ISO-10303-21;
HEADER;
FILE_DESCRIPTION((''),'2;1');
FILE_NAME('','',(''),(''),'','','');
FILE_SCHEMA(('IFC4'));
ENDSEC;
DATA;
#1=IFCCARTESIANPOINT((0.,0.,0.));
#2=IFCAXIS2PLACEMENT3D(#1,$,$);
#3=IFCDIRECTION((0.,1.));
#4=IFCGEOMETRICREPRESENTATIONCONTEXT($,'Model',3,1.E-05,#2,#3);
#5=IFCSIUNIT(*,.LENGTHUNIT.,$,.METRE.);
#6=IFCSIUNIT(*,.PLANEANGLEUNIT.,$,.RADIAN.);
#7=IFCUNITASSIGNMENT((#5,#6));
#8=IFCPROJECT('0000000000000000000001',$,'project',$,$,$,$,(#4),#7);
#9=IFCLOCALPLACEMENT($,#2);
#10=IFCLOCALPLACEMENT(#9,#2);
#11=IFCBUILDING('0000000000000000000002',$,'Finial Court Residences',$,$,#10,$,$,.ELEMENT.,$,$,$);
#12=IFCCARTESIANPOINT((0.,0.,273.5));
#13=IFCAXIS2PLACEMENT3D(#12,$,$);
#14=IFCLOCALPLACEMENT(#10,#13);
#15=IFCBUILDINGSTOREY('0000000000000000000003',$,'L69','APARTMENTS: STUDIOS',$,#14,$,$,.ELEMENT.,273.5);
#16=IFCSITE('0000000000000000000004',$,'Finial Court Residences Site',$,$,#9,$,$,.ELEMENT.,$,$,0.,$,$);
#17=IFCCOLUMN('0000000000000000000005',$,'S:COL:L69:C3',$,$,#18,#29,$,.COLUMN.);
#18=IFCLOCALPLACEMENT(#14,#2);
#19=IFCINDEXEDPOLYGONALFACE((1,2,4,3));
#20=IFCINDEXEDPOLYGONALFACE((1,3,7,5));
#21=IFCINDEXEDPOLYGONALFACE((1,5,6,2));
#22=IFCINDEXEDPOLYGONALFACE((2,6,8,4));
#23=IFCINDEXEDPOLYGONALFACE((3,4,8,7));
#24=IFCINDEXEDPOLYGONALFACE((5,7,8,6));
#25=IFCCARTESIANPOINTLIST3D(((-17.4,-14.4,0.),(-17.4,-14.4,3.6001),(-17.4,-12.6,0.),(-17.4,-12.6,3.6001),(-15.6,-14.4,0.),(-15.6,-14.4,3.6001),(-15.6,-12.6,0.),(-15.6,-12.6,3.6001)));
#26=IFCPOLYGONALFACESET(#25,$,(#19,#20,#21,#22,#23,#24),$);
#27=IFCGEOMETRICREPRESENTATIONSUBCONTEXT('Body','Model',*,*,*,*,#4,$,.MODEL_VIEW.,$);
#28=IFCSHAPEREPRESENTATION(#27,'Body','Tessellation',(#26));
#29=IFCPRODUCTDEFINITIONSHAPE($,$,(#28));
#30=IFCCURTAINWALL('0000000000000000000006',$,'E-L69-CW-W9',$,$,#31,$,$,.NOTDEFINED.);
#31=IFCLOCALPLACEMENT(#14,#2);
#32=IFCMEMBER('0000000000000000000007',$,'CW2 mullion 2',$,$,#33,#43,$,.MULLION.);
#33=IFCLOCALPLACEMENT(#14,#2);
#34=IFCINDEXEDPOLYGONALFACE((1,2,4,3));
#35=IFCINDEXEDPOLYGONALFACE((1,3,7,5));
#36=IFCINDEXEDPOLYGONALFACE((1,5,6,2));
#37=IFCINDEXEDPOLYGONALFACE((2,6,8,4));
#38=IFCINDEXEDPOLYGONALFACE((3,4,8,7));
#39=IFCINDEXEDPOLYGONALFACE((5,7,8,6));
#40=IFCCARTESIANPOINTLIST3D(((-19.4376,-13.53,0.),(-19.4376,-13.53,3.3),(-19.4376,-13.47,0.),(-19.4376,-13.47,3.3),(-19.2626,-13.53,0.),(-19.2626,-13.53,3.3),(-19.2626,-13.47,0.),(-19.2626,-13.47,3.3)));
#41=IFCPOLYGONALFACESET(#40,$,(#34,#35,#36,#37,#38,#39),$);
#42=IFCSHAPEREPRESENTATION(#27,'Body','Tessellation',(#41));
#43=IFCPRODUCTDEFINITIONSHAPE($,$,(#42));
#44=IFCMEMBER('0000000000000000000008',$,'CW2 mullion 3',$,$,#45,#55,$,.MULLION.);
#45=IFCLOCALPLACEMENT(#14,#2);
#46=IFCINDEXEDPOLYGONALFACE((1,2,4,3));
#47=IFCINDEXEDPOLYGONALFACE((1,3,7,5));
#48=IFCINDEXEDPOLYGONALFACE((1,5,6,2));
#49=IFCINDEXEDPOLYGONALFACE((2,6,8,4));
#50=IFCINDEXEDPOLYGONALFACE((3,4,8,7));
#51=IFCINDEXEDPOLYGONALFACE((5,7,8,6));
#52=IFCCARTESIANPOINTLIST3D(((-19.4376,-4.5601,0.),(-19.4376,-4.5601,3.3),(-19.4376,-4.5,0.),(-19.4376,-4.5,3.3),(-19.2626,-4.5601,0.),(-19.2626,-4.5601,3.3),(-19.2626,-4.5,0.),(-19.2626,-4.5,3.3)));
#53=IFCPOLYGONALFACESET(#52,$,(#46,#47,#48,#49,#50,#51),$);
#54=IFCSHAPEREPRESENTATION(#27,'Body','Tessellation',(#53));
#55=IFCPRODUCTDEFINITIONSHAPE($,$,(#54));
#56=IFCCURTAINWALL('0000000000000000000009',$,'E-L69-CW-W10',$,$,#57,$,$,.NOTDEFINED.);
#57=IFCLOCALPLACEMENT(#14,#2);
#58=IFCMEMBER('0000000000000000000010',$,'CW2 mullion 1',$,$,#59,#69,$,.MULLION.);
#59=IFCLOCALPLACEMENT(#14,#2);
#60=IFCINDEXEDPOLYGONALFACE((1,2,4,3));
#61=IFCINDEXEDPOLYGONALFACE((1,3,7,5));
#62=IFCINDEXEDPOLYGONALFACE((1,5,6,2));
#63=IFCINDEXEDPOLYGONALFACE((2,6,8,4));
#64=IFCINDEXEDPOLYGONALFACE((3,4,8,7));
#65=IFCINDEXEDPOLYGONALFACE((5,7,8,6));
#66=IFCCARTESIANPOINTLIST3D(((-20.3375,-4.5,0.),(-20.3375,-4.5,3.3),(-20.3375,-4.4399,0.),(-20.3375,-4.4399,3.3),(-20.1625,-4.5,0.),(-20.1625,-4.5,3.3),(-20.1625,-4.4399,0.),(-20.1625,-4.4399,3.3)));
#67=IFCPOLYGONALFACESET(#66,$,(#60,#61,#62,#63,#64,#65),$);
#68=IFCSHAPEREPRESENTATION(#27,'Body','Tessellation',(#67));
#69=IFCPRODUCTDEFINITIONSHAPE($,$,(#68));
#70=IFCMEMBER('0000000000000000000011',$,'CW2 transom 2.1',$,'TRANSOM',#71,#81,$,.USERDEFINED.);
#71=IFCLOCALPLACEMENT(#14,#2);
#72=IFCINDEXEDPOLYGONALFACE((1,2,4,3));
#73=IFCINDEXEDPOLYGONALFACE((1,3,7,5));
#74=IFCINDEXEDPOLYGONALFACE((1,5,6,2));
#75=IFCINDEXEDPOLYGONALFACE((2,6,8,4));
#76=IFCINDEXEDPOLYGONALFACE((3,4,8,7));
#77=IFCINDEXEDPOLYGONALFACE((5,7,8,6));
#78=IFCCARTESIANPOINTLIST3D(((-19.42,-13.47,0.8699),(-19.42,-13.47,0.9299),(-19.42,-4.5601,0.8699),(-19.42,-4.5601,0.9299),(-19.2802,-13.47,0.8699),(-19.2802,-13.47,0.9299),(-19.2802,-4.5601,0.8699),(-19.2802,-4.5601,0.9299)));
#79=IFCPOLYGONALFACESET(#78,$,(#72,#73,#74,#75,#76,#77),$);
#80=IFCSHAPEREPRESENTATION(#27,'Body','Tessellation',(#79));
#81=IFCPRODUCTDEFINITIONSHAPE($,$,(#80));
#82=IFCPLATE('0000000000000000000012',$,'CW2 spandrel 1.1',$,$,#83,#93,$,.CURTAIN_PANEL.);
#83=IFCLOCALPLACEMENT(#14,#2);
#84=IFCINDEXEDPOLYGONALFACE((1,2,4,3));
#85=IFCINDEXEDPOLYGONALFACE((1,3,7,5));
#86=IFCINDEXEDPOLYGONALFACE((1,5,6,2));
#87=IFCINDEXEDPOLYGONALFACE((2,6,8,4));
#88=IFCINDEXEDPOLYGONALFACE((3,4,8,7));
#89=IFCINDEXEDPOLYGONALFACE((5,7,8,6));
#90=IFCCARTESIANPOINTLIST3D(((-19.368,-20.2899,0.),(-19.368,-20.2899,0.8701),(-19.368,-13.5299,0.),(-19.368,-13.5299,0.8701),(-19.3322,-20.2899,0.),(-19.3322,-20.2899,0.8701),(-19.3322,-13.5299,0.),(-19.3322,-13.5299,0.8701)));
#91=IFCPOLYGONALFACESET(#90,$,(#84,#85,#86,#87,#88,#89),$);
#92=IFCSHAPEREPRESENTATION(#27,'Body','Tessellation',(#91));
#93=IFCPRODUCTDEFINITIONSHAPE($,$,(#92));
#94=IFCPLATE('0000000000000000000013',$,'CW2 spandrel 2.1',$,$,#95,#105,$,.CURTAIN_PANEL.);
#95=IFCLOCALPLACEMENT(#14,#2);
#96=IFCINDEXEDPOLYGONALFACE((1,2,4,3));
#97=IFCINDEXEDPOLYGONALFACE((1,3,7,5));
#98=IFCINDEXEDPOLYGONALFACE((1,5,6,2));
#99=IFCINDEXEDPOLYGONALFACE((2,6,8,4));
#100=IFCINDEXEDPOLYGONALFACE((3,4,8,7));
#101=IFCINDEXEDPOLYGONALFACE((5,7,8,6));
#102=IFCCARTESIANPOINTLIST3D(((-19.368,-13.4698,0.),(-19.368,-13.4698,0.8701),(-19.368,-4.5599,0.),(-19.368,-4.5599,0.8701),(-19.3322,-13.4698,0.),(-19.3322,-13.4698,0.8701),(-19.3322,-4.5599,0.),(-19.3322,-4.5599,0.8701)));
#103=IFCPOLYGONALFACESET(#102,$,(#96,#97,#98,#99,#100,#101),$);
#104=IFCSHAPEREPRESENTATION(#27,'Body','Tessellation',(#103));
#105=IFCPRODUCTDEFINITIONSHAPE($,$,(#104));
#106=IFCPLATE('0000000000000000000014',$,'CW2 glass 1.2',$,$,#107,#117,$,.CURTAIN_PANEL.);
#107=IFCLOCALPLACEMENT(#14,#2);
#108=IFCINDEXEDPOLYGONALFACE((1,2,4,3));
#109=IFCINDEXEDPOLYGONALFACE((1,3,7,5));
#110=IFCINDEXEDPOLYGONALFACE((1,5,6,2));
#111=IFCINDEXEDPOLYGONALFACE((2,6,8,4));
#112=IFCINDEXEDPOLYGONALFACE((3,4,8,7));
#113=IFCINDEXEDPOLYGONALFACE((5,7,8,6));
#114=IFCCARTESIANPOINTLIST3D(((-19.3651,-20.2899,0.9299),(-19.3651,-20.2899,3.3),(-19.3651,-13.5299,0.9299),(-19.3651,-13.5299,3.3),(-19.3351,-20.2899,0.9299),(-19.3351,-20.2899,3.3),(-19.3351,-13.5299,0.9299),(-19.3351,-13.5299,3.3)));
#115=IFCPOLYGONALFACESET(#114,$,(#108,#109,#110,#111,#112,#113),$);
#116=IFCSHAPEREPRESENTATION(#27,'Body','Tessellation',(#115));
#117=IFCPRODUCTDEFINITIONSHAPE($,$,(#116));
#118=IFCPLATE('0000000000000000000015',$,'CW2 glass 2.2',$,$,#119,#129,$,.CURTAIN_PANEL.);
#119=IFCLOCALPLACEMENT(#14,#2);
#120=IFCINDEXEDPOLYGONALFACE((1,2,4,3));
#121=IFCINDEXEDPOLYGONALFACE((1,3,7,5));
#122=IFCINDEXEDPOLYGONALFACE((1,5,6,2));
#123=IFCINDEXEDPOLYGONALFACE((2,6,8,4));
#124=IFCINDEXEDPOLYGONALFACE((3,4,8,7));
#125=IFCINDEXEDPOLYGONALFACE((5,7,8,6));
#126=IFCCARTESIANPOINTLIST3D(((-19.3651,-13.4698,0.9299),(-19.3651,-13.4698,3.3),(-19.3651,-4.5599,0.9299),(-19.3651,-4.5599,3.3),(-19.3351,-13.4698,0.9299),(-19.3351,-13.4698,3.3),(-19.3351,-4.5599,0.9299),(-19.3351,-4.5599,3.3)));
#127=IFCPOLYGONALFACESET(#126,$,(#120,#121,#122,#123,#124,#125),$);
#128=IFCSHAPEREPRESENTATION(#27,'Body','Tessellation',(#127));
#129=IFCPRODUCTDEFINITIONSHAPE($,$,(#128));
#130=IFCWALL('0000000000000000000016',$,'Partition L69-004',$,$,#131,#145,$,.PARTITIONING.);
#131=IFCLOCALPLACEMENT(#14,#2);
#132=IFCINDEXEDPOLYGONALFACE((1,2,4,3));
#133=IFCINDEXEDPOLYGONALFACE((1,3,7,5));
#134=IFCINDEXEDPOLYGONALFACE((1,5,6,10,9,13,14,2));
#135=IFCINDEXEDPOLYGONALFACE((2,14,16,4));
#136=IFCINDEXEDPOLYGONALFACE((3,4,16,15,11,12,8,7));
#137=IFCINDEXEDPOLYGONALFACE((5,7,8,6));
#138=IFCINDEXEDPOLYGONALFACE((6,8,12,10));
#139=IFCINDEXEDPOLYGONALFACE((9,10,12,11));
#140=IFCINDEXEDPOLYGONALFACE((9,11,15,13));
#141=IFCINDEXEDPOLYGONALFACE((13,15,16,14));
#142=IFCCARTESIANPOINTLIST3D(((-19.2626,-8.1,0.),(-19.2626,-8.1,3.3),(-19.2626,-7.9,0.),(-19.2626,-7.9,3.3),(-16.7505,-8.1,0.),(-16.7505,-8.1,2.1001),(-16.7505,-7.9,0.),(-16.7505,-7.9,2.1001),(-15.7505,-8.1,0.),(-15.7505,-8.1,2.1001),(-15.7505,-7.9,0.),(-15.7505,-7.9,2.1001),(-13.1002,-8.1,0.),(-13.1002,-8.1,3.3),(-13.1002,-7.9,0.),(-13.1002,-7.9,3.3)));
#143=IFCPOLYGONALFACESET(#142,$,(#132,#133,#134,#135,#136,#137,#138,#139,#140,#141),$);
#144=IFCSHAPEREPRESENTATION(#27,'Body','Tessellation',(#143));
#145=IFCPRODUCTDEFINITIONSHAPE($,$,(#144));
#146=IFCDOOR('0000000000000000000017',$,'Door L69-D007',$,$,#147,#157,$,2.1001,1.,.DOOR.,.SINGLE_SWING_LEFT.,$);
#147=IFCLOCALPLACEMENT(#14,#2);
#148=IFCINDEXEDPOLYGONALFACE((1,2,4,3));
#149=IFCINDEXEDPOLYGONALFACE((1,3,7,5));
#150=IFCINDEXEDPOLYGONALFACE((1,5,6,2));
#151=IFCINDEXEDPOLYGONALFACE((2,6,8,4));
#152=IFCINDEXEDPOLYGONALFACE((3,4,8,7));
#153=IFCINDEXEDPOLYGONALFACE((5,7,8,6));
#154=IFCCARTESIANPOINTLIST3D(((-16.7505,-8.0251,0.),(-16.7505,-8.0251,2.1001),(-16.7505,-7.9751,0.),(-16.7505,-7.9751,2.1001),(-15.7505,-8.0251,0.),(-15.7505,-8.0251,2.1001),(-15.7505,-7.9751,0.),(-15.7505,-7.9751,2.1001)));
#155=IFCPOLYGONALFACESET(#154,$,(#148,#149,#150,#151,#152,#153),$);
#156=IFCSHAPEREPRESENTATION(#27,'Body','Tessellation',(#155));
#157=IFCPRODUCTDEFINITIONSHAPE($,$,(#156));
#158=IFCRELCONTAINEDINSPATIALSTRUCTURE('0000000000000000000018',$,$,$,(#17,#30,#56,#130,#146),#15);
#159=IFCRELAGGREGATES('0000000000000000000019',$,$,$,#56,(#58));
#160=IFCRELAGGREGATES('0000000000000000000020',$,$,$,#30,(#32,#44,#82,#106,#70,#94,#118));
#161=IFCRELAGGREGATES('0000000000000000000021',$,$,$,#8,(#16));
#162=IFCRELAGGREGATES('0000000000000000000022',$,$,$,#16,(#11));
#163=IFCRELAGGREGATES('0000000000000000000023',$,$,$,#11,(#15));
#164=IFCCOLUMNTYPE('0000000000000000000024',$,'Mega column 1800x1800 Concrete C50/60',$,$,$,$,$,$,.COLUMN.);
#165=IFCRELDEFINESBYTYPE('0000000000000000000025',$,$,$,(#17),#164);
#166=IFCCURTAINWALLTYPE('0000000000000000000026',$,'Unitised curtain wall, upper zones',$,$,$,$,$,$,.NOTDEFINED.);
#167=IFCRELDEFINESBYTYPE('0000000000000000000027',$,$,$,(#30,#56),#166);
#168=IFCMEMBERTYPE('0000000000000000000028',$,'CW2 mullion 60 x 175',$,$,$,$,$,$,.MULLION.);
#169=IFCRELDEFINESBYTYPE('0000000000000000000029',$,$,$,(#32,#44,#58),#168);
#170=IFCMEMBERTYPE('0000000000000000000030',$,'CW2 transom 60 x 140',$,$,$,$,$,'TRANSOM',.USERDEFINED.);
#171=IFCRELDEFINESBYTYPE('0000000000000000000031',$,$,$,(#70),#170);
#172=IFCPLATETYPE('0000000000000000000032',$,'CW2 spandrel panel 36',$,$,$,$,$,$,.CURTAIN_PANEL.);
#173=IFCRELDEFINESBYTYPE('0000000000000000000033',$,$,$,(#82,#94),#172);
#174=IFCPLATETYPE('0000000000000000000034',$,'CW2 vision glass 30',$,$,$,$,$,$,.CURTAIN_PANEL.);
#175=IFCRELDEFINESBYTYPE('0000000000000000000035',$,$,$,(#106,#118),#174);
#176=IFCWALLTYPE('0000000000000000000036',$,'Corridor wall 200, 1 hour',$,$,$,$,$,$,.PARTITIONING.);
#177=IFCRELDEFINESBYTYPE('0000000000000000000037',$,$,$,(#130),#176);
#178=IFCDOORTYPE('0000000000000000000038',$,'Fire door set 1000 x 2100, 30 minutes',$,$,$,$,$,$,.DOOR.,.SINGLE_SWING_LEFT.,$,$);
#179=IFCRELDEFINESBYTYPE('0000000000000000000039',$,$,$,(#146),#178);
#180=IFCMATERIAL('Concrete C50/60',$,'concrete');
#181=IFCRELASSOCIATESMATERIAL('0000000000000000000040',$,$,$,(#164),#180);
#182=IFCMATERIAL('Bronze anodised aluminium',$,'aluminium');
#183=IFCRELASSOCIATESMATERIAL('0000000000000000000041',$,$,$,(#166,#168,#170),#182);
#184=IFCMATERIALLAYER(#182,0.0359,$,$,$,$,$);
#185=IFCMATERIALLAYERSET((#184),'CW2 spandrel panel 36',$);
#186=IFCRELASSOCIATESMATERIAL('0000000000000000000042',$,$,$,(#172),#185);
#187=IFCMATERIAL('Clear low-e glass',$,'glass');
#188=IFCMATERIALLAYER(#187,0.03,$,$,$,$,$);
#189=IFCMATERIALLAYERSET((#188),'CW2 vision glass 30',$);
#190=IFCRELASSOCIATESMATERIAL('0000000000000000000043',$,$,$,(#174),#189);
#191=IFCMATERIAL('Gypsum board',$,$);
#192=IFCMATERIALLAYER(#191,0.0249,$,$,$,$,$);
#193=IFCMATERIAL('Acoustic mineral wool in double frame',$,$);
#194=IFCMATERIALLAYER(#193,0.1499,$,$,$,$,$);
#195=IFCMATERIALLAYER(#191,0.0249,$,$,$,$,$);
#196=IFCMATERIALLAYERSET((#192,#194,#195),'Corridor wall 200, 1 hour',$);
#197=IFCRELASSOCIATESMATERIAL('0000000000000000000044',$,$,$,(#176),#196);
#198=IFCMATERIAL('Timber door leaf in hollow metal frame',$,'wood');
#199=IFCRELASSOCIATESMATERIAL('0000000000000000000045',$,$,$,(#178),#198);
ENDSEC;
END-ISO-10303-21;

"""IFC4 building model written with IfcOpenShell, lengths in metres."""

from ifc_helpers import new_model, si_unit, direction, frame, frame_2d, origin, origin_2d, place, context, subcontext, project, spatial, rectangle, extrude, material, layer, layer_set, material_profile, profile_set, type_object, element, fill, aggregate, save


model = new_model("IFC4")

# Units and contexts
model_context = context("Model", 3, precision=1e-05, world=origin(), true_north=direction((0.0, 1.0)))
body_context = subcontext(model_context, "Body", "Model", "MODEL_VIEW")
ifc_project = project(units=[si_unit("LENGTHUNIT", "METRE"), si_unit("PLANEANGLEUNIT", "RADIAN")], contexts=[model_context])

# Site, building, storey
site_placement = place(None, origin())
site = spatial("IfcSite", under=ifc_project, at=site_placement, Name="Finial Court Residences Site", CompositionType="ELEMENT", RefElevation=0.0)
building_placement = place(site_placement, origin())
building = spatial("IfcBuilding", under=site, at=building_placement, Name="Finial Court Residences", CompositionType="ELEMENT")
storey_placement = place(building_placement, frame((0.0, 0.0, 273.5)))
storey = spatial("IfcBuildingStorey", under=building, at=storey_placement, Name="L69", Description="APARTMENTS: STUDIOS", CompositionType="ELEMENT", Elevation=273.5)

# Column
ifc_material_1 = material(Name="Concrete C50/60", Category="concrete")
ifc_material_profile_1 = material_profile(ifc_material_1, rectangle(XDim=1.8, YDim=1.8, at=origin_2d()), Name="1800x1800")
ifc_profile_set_1 = profile_set([ifc_material_profile_1], Name="Concrete C50/60")
column_type = type_object("IfcColumnType", Name="Mega column 1800x1800 Concrete C50/60", PredefinedType="COLUMN", material=ifc_profile_set_1)
column_placement = place(storey_placement, frame((-16.5, -13.5, 0.0), z_axis=(0.0, 0.0, 1.0), x_axis=(1.0, 0.0, 0.0)))
element("IfcColumn", 1, at=column_placement, inside=storey, type_object=column_type, Name="S:COL:L69:C3", PredefinedType="COLUMN", context=body_context, shape_type="SweptSolid", body=[
    extrude(rectangle(XDim=1.8, YDim=1.8, at=origin_2d()), origin(), (0.0, 0.0, 1.0), 3.6001),
])

# Curtain wall, members
ifc_material_2 = material(Name="Bronze anodised aluminium", Category="aluminium")
curtain_wall_type = type_object("IfcCurtainWallType", Name="Unitised curtain wall, upper zones", PredefinedType="NOTDEFINED", material=ifc_material_2)
curtain_wall_1_placement = place(storey_placement, origin())
curtain_wall_1 = element("IfcCurtainWall", 2, at=curtain_wall_1_placement, inside=storey, type_object=curtain_wall_type, Name="E-L69-CW-W9", PredefinedType="NOTDEFINED")
ifc_material_profile_2 = material_profile(ifc_material_2, rectangle(XDim=0.175, YDim=0.0601, at=origin_2d()), Name="CW2 mullion 60 x 175")
ifc_profile_set_2 = profile_set([ifc_material_profile_2], Name="Bronze anodised aluminium")
member_type_1 = type_object("IfcMemberType", Name="CW2 mullion 60 x 175", PredefinedType="MULLION", material=ifc_profile_set_2)
member_1_placement = place(storey_placement, frame((-19.3501, -13.5, 0.0), z_axis=(0.0, 0.0, 1.0), x_axis=(-1.0, 0.0, 0.0)))
member_1 = element("IfcMember", 3, at=member_1_placement, type_object=member_type_1, Name="CW2 mullion 2", PredefinedType="MULLION", context=body_context, shape_type="SweptSolid", body=[
    extrude(rectangle(XDim=0.175, YDim=0.0601, at=origin_2d()), origin(), (0.0, 0.0, 1.0), 3.3),
])
member_2_placement = place(storey_placement, frame((-19.3501, -4.53, 0.0), z_axis=(0.0, 0.0, 1.0), x_axis=(-1.0, 0.0, 0.0)))
member_2 = element("IfcMember", 4, at=member_2_placement, type_object=member_type_1, Name="CW2 mullion 3", PredefinedType="MULLION", context=body_context, shape_type="SweptSolid", body=[
    extrude(rectangle(XDim=0.175, YDim=0.0601, at=origin_2d()), origin(), (0.0, 0.0, 1.0), 3.3),
])

# Curtain wall, member
curtain_wall_2_placement = place(storey_placement, origin())
curtain_wall_2 = element("IfcCurtainWall", 5, at=curtain_wall_2_placement, inside=storey, type_object=curtain_wall_type, Name="E-L69-CW-W10", PredefinedType="NOTDEFINED")
member_3_placement = place(storey_placement, frame((-20.25, -4.47, 0.0), z_axis=(0.0, 0.0, 1.0), x_axis=(-1.0, 0.0, 0.0)))
member_3 = element("IfcMember", 6, at=member_3_placement, type_object=member_type_1, Name="CW2 mullion 1", PredefinedType="MULLION", context=body_context, shape_type="SweptSolid", body=[
    extrude(rectangle(XDim=0.175, YDim=0.0601, at=origin_2d()), origin(), (0.0, 0.0, 1.0), 3.3),
])
aggregate(curtain_wall_2, [member_3])

# Member
ifc_material_profile_3 = material_profile(ifc_material_2, rectangle(XDim=0.1399, YDim=0.0601, at=origin_2d()), Name="CW2 transom 60 x 140")
ifc_profile_set_3 = profile_set([ifc_material_profile_3], Name="Bronze anodised aluminium")
member_type_2 = type_object("IfcMemberType", Name="CW2 transom 60 x 140", ElementType="TRANSOM", PredefinedType="USERDEFINED", material=ifc_profile_set_3)
member_4_placement = place(storey_placement, frame((-19.3501, -13.47, 0.8999), z_axis=(0.0, 1.0, 0.0), x_axis=(-1.0, 0.0, 0.0)))
member_4 = element("IfcMember", 7, at=member_4_placement, type_object=member_type_2, Name="CW2 transom 2.1", ObjectType="TRANSOM", PredefinedType="USERDEFINED", context=body_context, shape_type="SweptSolid", body=[
    extrude(rectangle(XDim=0.1399, YDim=0.0601, at=origin_2d()), origin(), (0.0, 0.0, 1.0), 8.9099),
])

# Plates
ifc_layer_1 = layer(ifc_material_2, 0.0359)
ifc_layer_set_1 = layer_set([ifc_layer_1], Name="CW2 spandrel panel 36")
plate_type_1 = type_object("IfcPlateType", Name="CW2 spandrel panel 36", PredefinedType="CURTAIN_PANEL", material=ifc_layer_set_1)
plate_1_placement = place(storey_placement, frame((-19.3501, -16.9099, 0.0), z_axis=(0.0, 0.0, 1.0), x_axis=(0.0, 1.0, 0.0)))
plate_1 = element("IfcPlate", 8, at=plate_1_placement, type_object=plate_type_1, Name="CW2 spandrel 1.1", PredefinedType="CURTAIN_PANEL", context=body_context, shape_type="SweptSolid", body=[
    extrude(rectangle(XDim=6.76, YDim=0.0359, at=origin_2d()), origin(), (0.0, 0.0, 1.0), 0.8701),
])
plate_2_placement = place(storey_placement, frame((-19.3501, -9.0149, 0.0), z_axis=(0.0, 0.0, 1.0), x_axis=(0.0, 1.0, 0.0)))
plate_2 = element("IfcPlate", 9, at=plate_2_placement, type_object=plate_type_1, Name="CW2 spandrel 2.1", PredefinedType="CURTAIN_PANEL", context=body_context, shape_type="SweptSolid", body=[
    extrude(rectangle(XDim=8.9099, YDim=0.0359, at=origin_2d()), origin(), (0.0, 0.0, 1.0), 0.8701),
])
ifc_material_3 = material(Name="Clear low-e glass", Category="glass")
ifc_layer_2 = layer(ifc_material_3, 0.03)
ifc_layer_set_2 = layer_set([ifc_layer_2], Name="CW2 vision glass 30")
plate_type_2 = type_object("IfcPlateType", Name="CW2 vision glass 30", PredefinedType="CURTAIN_PANEL", material=ifc_layer_set_2)
plate_3_placement = place(storey_placement, frame((-19.3501, -16.9099, 0.9299), z_axis=(0.0, 0.0, 1.0), x_axis=(0.0, 1.0, 0.0)))
plate_3 = element("IfcPlate", 10, at=plate_3_placement, type_object=plate_type_2, Name="CW2 glass 1.2", PredefinedType="CURTAIN_PANEL", context=body_context, shape_type="SweptSolid", body=[
    extrude(rectangle(XDim=6.76, YDim=0.03, at=origin_2d()), origin(), (0.0, 0.0, 1.0), 2.3701),
])
plate_4_placement = place(storey_placement, frame((-19.3501, -9.0149, 0.9299), z_axis=(0.0, 0.0, 1.0), x_axis=(0.0, 1.0, 0.0)))
plate_4 = element("IfcPlate", 11, at=plate_4_placement, type_object=plate_type_2, Name="CW2 glass 2.2", PredefinedType="CURTAIN_PANEL", context=body_context, shape_type="SweptSolid", body=[
    extrude(rectangle(XDim=8.9099, YDim=0.03, at=origin_2d()), origin(), (0.0, 0.0, 1.0), 2.3701),
])
aggregate(curtain_wall_1, [member_1, member_2, plate_1, plate_3, member_4, plate_2, plate_4])

# Wall, opening, door
ifc_material_4 = material(Name="Gypsum board")
ifc_layer_3 = layer(ifc_material_4, 0.0249)
ifc_material_5 = material(Name="Acoustic mineral wool in double frame")
ifc_layer_4 = layer(ifc_material_5, 0.1499)
ifc_layer_5 = layer(ifc_material_4, 0.0249)
ifc_layer_set_3 = layer_set([ifc_layer_3, ifc_layer_4, ifc_layer_5], Name="Corridor wall 200, 1 hour")
wall_type_1 = type_object("IfcWallType", Name="Corridor wall 200, 1 hour", PredefinedType="PARTITIONING", material=ifc_layer_set_3)
wall_1_placement = place(storey_placement, frame((-19.2625, -8.0, 0.0), z_axis=(0.0, 0.0, 1.0), x_axis=(1.0, 0.0, 0.0)))
wall_1 = element("IfcWall", 12, at=wall_1_placement, inside=storey, type_object=wall_type_1, Name="Partition L69-004", PredefinedType="PARTITIONING", context=body_context, shape_type="SweptSolid", body=[
    extrude(rectangle(XDim=6.1624, YDim=0.2, at=frame_2d((3.0811, 0.0))), origin(), (0.0, 0.0, 1.0), 3.3),
])
opening_1_placement = place(wall_1_placement, frame((2.512, 0.0, 0.0)))
opening_1 = element("IfcOpeningElement", 13, at=opening_1_placement, cuts=wall_1, PredefinedType="OPENING", context=body_context, shape_type="SweptSolid", body=[
    extrude(rectangle(XDim=1.0, YDim=2.1001, at=frame_2d((0.5, 1.05))), frame((0.0, 0.1099, 0.0), z_axis=(0.0, -1.0, 0.0), x_axis=(1.0, 0.0, 0.0)), (0.0, 0.0, 1.0), 0.22),
])
ifc_material_6 = material(Name="Timber door leaf in hollow metal frame", Category="wood")
door_type_1 = type_object("IfcDoorType", Name="Fire door set 1000 x 2100, 30 minutes", OperationType="SINGLE_SWING_LEFT", PredefinedType="DOOR", material=ifc_material_6)
door_1_placement = place(opening_1_placement, origin())
door_1 = element("IfcDoor", 14, at=door_1_placement, inside=storey, type_object=door_type_1, Name="Door L69-D007", OperationType="SINGLE_SWING_LEFT", OverallHeight=2.1001, OverallWidth=1.0, PredefinedType="DOOR", context=body_context, shape_type="SweptSolid", body=[
    extrude(rectangle(XDim=1.0, YDim=2.1001, at=frame_2d((0.5, 1.05))), frame((0.0, 0.0249, 0.0), z_axis=(0.0, -1.0, 0.0), x_axis=(1.0, 0.0, 0.0)), (0.0, 0.0, 1.0), 0.05),
])
fill(opening_1, door_1)

save(model, "model.ifc")
